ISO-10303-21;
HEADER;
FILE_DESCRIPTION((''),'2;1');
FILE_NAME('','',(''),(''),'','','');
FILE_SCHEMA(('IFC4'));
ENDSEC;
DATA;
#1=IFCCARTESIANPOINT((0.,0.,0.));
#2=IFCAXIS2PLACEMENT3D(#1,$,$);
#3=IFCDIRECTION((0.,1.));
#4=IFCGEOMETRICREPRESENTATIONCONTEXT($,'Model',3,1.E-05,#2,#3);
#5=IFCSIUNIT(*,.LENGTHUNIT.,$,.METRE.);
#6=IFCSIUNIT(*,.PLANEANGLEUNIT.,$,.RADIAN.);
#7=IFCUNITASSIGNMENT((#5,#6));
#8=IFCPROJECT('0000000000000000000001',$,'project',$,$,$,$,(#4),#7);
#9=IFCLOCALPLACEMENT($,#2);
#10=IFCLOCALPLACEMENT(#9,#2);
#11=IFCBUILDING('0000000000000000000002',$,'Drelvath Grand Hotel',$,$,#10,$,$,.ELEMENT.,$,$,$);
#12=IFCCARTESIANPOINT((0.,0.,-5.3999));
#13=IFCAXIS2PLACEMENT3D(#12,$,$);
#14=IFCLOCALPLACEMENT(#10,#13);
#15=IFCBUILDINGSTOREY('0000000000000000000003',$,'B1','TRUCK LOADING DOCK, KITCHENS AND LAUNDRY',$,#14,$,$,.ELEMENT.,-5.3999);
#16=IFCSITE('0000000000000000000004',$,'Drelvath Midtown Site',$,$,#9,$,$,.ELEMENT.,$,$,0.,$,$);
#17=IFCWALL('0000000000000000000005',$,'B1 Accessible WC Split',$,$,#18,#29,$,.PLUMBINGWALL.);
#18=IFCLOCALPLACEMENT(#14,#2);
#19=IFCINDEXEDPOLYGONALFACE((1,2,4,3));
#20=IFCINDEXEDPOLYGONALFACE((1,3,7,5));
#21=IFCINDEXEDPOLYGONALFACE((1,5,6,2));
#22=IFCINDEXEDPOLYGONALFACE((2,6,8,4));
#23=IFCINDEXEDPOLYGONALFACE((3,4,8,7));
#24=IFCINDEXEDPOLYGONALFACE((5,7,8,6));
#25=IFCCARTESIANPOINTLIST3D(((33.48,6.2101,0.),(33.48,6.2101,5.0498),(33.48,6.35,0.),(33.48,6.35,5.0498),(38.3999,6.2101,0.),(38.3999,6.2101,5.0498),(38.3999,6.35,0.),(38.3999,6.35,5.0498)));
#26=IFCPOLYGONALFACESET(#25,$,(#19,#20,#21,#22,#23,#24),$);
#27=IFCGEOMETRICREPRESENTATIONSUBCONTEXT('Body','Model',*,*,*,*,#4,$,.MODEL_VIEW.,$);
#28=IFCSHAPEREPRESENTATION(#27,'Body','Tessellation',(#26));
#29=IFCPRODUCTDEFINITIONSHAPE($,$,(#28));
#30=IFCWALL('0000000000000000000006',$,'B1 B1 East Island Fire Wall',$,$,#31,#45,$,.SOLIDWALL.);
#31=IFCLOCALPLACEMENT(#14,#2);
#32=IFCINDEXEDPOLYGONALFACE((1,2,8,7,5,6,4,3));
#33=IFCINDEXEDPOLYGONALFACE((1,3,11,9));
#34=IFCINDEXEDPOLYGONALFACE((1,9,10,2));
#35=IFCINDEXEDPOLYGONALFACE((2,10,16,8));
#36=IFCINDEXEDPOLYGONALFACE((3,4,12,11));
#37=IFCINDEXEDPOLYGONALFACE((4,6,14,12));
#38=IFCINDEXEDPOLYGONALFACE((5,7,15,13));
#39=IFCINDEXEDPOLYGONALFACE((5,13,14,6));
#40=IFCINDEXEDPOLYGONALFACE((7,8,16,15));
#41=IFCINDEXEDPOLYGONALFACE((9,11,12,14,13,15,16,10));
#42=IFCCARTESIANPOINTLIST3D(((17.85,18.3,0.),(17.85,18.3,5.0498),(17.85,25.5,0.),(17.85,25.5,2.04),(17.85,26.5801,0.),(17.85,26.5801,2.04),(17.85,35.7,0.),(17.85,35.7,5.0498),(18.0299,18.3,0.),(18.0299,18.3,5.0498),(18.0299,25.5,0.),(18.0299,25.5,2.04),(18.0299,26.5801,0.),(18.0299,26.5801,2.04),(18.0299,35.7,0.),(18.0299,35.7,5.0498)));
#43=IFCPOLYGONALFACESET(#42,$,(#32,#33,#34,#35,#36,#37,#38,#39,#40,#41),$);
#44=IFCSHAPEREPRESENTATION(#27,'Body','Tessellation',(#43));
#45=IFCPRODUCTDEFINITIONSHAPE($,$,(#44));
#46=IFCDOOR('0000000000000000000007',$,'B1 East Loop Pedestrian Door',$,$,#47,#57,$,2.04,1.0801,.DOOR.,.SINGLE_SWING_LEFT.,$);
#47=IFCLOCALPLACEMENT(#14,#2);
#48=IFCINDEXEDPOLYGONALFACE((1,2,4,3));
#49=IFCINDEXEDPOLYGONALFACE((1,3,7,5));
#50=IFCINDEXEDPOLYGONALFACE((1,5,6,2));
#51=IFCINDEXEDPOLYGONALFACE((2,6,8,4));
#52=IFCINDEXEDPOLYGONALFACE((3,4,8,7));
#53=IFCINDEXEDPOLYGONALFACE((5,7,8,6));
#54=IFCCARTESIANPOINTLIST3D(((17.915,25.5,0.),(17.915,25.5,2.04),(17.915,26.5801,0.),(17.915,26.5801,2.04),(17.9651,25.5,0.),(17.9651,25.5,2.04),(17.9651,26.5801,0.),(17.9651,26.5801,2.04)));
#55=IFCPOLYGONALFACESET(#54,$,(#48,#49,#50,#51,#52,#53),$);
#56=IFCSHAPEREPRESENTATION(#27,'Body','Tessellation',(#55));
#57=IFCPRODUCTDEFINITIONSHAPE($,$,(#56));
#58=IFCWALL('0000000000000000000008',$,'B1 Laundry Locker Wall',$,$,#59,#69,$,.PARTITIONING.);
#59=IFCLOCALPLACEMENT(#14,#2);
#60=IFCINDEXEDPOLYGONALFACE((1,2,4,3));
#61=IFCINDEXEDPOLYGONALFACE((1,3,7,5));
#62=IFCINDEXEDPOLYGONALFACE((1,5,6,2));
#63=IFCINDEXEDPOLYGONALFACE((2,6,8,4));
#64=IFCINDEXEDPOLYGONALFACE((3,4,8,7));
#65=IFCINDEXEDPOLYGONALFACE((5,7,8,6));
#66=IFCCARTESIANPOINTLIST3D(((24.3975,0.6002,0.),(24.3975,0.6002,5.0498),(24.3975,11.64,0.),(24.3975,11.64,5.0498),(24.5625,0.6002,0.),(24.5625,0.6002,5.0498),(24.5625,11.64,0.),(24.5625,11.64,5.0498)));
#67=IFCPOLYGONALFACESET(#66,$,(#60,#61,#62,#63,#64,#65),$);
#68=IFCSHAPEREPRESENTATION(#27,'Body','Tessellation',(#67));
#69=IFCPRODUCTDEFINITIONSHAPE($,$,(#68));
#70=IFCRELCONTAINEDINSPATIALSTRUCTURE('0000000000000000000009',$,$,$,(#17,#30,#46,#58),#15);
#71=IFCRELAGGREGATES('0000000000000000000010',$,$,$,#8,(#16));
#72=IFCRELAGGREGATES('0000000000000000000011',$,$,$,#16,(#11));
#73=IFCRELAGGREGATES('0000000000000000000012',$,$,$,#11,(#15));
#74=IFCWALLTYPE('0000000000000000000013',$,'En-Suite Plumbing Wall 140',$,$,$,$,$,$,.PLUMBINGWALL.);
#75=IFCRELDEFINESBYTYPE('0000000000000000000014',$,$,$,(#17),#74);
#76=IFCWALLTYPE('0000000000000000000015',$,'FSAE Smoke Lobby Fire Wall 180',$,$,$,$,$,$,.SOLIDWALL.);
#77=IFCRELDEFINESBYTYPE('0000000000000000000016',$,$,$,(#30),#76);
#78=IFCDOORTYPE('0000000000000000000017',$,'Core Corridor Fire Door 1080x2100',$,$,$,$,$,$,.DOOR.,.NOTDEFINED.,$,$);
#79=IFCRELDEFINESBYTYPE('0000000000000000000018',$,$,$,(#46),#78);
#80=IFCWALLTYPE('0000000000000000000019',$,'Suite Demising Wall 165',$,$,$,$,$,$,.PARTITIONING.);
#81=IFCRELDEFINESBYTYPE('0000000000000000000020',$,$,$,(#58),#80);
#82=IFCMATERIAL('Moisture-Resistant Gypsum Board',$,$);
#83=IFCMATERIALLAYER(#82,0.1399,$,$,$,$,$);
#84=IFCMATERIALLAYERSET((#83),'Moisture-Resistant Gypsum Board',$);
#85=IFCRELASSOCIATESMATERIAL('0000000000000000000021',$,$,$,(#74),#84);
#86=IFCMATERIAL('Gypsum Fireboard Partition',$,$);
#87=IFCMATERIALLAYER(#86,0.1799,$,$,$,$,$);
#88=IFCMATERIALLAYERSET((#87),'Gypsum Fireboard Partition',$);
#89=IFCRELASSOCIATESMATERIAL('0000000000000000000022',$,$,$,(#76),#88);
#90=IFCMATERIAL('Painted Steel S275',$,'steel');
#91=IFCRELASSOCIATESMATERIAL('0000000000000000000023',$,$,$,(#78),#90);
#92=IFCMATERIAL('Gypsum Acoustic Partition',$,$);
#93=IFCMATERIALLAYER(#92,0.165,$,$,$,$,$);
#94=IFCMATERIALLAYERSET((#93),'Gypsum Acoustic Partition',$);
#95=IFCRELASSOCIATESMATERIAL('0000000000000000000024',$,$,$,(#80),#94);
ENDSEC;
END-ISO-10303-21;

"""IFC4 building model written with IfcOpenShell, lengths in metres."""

from ifc_helpers import new_model, si_unit, direction, frame, frame_2d, origin, place, context, subcontext, project, spatial, rectangle, extrude, material, layer, layer_set, type_object, element, fill, save


model = new_model("IFC4")

# Units and contexts
model_context = context("Model", 3, precision=1e-05, world=origin(), true_north=direction((0.0, 1.0)))
body_context = subcontext(model_context, "Body", "Model", "MODEL_VIEW")
ifc_project = project(units=[si_unit("LENGTHUNIT", "METRE"), si_unit("PLANEANGLEUNIT", "RADIAN")], contexts=[model_context])

# Site, building, storey
site_placement = place(None, origin())
site = spatial("IfcSite", under=ifc_project, at=site_placement, Name="Drelvath Midtown Site", CompositionType="ELEMENT", RefElevation=0.0)
building_placement = place(site_placement, origin())
building = spatial("IfcBuilding", under=site, at=building_placement, Name="Drelvath Grand Hotel", CompositionType="ELEMENT")
storey_placement = place(building_placement, frame((0.0, 0.0, -5.3999)))
storey = spatial("IfcBuildingStorey", under=building, at=storey_placement, Name="B1", Description="TRUCK LOADING DOCK, KITCHENS AND LAUNDRY", CompositionType="ELEMENT", Elevation=-5.3999)

# Shared definitions
ifc_material_1 = material(Name="Moisture-Resistant Gypsum Board")
ifc_layer_1 = layer(ifc_material_1, 0.1399)
ifc_layer_set_1 = layer_set([ifc_layer_1], Name="Moisture-Resistant Gypsum Board")
wall_type_1 = type_object("IfcWallType", Name="En-Suite Plumbing Wall 140", PredefinedType="PLUMBINGWALL", material=ifc_layer_set_1)
ifc_material_2 = material(Name="Painted Steel S275", Category="steel")

# Wall
wall_1_placement = place(storey_placement, frame((33.48, 6.28, 0.0), z_axis=(0.0, 0.0, 1.0), x_axis=(1.0, 0.0, 0.0)))
element("IfcWall", 1, at=wall_1_placement, inside=storey, type_object=wall_type_1, Name="B1 Accessible WC Split", PredefinedType="PLUMBINGWALL", context=body_context, shape_type="SweptSolid", body=[
    extrude(rectangle(XDim=4.9199, YDim=0.1399, at=frame_2d((2.46, 0.0))), origin(), (0.0, 0.0, 1.0), 5.0498),
])

# Wall, opening, door
ifc_material_3 = material(Name="Gypsum Fireboard Partition")
ifc_layer_2 = layer(ifc_material_3, 0.1799)
ifc_layer_set_2 = layer_set([ifc_layer_2], Name="Gypsum Fireboard Partition")
wall_type_2 = type_object("IfcWallType", Name="FSAE Smoke Lobby Fire Wall 180", PredefinedType="SOLIDWALL", material=ifc_layer_set_2)
wall_2_placement = place(storey_placement, frame((17.9399, 18.3, 0.0), z_axis=(0.0, 0.0, 1.0), x_axis=(0.0, 1.0, 0.0)))
wall_2 = element("IfcWall", 2, at=wall_2_placement, inside=storey, type_object=wall_type_2, Name="B1 B1 East Island Fire Wall", PredefinedType="SOLIDWALL", context=body_context, shape_type="SweptSolid", body=[
    extrude(rectangle(XDim=17.3999, YDim=0.1799, at=frame_2d((8.7, 0.0))), origin(), (0.0, 0.0, 1.0), 5.0498),
])
opening_1_placement = place(wall_2_placement, frame((7.2, 0.0, 0.0)))
opening_1 = element("IfcOpeningElement", 3, at=opening_1_placement, cuts=wall_2, PredefinedType="OPENING", context=body_context, shape_type="SweptSolid", body=[
    extrude(rectangle(XDim=1.0801, YDim=2.04, at=frame_2d((0.54, 1.02))), frame((0.0, 0.0999, 0.0), z_axis=(0.0, -1.0, 0.0), x_axis=(1.0, 0.0, 0.0)), (0.0, 0.0, 1.0), 0.2),
])
door_type_1 = type_object("IfcDoorType", Name="Core Corridor Fire Door 1080x2100", OperationType="NOTDEFINED", PredefinedType="DOOR", material=ifc_material_2)
door_1_placement = place(opening_1_placement, origin())
door_1 = element("IfcDoor", 4, at=door_1_placement, inside=storey, type_object=door_type_1, Name="B1 East Loop Pedestrian Door", OperationType="SINGLE_SWING_LEFT", OverallHeight=2.04, OverallWidth=1.0801, PredefinedType="DOOR", context=body_context, shape_type="SweptSolid", body=[
    extrude(rectangle(XDim=1.0801, YDim=2.04, at=frame_2d((0.54, 1.02))), frame((0.0, 0.0249, 0.0), z_axis=(0.0, -1.0, 0.0), x_axis=(1.0, 0.0, 0.0)), (0.0, 0.0, 1.0), 0.05),
])
fill(opening_1, door_1)

# Wall
ifc_material_4 = material(Name="Gypsum Acoustic Partition")
ifc_layer_3 = layer(ifc_material_4, 0.165)
ifc_layer_set_3 = layer_set([ifc_layer_3], Name="Gypsum Acoustic Partition")
wall_type_3 = type_object("IfcWallType", Name="Suite Demising Wall 165", PredefinedType="PARTITIONING", material=ifc_layer_set_3)
wall_3_placement = place(storey_placement, frame((24.48, 0.6001, 0.0), z_axis=(0.0, 0.0, 1.0), x_axis=(0.0, 1.0, 0.0)))
element("IfcWall", 5, at=wall_3_placement, inside=storey, type_object=wall_type_3, Name="B1 Laundry Locker Wall", PredefinedType="PARTITIONING", context=body_context, shape_type="SweptSolid", body=[
    extrude(rectangle(XDim=11.0398, YDim=0.165, at=frame_2d((5.52, 0.0))), origin(), (0.0, 0.0, 1.0), 5.0498),
])

save(model, "model.ifc")
